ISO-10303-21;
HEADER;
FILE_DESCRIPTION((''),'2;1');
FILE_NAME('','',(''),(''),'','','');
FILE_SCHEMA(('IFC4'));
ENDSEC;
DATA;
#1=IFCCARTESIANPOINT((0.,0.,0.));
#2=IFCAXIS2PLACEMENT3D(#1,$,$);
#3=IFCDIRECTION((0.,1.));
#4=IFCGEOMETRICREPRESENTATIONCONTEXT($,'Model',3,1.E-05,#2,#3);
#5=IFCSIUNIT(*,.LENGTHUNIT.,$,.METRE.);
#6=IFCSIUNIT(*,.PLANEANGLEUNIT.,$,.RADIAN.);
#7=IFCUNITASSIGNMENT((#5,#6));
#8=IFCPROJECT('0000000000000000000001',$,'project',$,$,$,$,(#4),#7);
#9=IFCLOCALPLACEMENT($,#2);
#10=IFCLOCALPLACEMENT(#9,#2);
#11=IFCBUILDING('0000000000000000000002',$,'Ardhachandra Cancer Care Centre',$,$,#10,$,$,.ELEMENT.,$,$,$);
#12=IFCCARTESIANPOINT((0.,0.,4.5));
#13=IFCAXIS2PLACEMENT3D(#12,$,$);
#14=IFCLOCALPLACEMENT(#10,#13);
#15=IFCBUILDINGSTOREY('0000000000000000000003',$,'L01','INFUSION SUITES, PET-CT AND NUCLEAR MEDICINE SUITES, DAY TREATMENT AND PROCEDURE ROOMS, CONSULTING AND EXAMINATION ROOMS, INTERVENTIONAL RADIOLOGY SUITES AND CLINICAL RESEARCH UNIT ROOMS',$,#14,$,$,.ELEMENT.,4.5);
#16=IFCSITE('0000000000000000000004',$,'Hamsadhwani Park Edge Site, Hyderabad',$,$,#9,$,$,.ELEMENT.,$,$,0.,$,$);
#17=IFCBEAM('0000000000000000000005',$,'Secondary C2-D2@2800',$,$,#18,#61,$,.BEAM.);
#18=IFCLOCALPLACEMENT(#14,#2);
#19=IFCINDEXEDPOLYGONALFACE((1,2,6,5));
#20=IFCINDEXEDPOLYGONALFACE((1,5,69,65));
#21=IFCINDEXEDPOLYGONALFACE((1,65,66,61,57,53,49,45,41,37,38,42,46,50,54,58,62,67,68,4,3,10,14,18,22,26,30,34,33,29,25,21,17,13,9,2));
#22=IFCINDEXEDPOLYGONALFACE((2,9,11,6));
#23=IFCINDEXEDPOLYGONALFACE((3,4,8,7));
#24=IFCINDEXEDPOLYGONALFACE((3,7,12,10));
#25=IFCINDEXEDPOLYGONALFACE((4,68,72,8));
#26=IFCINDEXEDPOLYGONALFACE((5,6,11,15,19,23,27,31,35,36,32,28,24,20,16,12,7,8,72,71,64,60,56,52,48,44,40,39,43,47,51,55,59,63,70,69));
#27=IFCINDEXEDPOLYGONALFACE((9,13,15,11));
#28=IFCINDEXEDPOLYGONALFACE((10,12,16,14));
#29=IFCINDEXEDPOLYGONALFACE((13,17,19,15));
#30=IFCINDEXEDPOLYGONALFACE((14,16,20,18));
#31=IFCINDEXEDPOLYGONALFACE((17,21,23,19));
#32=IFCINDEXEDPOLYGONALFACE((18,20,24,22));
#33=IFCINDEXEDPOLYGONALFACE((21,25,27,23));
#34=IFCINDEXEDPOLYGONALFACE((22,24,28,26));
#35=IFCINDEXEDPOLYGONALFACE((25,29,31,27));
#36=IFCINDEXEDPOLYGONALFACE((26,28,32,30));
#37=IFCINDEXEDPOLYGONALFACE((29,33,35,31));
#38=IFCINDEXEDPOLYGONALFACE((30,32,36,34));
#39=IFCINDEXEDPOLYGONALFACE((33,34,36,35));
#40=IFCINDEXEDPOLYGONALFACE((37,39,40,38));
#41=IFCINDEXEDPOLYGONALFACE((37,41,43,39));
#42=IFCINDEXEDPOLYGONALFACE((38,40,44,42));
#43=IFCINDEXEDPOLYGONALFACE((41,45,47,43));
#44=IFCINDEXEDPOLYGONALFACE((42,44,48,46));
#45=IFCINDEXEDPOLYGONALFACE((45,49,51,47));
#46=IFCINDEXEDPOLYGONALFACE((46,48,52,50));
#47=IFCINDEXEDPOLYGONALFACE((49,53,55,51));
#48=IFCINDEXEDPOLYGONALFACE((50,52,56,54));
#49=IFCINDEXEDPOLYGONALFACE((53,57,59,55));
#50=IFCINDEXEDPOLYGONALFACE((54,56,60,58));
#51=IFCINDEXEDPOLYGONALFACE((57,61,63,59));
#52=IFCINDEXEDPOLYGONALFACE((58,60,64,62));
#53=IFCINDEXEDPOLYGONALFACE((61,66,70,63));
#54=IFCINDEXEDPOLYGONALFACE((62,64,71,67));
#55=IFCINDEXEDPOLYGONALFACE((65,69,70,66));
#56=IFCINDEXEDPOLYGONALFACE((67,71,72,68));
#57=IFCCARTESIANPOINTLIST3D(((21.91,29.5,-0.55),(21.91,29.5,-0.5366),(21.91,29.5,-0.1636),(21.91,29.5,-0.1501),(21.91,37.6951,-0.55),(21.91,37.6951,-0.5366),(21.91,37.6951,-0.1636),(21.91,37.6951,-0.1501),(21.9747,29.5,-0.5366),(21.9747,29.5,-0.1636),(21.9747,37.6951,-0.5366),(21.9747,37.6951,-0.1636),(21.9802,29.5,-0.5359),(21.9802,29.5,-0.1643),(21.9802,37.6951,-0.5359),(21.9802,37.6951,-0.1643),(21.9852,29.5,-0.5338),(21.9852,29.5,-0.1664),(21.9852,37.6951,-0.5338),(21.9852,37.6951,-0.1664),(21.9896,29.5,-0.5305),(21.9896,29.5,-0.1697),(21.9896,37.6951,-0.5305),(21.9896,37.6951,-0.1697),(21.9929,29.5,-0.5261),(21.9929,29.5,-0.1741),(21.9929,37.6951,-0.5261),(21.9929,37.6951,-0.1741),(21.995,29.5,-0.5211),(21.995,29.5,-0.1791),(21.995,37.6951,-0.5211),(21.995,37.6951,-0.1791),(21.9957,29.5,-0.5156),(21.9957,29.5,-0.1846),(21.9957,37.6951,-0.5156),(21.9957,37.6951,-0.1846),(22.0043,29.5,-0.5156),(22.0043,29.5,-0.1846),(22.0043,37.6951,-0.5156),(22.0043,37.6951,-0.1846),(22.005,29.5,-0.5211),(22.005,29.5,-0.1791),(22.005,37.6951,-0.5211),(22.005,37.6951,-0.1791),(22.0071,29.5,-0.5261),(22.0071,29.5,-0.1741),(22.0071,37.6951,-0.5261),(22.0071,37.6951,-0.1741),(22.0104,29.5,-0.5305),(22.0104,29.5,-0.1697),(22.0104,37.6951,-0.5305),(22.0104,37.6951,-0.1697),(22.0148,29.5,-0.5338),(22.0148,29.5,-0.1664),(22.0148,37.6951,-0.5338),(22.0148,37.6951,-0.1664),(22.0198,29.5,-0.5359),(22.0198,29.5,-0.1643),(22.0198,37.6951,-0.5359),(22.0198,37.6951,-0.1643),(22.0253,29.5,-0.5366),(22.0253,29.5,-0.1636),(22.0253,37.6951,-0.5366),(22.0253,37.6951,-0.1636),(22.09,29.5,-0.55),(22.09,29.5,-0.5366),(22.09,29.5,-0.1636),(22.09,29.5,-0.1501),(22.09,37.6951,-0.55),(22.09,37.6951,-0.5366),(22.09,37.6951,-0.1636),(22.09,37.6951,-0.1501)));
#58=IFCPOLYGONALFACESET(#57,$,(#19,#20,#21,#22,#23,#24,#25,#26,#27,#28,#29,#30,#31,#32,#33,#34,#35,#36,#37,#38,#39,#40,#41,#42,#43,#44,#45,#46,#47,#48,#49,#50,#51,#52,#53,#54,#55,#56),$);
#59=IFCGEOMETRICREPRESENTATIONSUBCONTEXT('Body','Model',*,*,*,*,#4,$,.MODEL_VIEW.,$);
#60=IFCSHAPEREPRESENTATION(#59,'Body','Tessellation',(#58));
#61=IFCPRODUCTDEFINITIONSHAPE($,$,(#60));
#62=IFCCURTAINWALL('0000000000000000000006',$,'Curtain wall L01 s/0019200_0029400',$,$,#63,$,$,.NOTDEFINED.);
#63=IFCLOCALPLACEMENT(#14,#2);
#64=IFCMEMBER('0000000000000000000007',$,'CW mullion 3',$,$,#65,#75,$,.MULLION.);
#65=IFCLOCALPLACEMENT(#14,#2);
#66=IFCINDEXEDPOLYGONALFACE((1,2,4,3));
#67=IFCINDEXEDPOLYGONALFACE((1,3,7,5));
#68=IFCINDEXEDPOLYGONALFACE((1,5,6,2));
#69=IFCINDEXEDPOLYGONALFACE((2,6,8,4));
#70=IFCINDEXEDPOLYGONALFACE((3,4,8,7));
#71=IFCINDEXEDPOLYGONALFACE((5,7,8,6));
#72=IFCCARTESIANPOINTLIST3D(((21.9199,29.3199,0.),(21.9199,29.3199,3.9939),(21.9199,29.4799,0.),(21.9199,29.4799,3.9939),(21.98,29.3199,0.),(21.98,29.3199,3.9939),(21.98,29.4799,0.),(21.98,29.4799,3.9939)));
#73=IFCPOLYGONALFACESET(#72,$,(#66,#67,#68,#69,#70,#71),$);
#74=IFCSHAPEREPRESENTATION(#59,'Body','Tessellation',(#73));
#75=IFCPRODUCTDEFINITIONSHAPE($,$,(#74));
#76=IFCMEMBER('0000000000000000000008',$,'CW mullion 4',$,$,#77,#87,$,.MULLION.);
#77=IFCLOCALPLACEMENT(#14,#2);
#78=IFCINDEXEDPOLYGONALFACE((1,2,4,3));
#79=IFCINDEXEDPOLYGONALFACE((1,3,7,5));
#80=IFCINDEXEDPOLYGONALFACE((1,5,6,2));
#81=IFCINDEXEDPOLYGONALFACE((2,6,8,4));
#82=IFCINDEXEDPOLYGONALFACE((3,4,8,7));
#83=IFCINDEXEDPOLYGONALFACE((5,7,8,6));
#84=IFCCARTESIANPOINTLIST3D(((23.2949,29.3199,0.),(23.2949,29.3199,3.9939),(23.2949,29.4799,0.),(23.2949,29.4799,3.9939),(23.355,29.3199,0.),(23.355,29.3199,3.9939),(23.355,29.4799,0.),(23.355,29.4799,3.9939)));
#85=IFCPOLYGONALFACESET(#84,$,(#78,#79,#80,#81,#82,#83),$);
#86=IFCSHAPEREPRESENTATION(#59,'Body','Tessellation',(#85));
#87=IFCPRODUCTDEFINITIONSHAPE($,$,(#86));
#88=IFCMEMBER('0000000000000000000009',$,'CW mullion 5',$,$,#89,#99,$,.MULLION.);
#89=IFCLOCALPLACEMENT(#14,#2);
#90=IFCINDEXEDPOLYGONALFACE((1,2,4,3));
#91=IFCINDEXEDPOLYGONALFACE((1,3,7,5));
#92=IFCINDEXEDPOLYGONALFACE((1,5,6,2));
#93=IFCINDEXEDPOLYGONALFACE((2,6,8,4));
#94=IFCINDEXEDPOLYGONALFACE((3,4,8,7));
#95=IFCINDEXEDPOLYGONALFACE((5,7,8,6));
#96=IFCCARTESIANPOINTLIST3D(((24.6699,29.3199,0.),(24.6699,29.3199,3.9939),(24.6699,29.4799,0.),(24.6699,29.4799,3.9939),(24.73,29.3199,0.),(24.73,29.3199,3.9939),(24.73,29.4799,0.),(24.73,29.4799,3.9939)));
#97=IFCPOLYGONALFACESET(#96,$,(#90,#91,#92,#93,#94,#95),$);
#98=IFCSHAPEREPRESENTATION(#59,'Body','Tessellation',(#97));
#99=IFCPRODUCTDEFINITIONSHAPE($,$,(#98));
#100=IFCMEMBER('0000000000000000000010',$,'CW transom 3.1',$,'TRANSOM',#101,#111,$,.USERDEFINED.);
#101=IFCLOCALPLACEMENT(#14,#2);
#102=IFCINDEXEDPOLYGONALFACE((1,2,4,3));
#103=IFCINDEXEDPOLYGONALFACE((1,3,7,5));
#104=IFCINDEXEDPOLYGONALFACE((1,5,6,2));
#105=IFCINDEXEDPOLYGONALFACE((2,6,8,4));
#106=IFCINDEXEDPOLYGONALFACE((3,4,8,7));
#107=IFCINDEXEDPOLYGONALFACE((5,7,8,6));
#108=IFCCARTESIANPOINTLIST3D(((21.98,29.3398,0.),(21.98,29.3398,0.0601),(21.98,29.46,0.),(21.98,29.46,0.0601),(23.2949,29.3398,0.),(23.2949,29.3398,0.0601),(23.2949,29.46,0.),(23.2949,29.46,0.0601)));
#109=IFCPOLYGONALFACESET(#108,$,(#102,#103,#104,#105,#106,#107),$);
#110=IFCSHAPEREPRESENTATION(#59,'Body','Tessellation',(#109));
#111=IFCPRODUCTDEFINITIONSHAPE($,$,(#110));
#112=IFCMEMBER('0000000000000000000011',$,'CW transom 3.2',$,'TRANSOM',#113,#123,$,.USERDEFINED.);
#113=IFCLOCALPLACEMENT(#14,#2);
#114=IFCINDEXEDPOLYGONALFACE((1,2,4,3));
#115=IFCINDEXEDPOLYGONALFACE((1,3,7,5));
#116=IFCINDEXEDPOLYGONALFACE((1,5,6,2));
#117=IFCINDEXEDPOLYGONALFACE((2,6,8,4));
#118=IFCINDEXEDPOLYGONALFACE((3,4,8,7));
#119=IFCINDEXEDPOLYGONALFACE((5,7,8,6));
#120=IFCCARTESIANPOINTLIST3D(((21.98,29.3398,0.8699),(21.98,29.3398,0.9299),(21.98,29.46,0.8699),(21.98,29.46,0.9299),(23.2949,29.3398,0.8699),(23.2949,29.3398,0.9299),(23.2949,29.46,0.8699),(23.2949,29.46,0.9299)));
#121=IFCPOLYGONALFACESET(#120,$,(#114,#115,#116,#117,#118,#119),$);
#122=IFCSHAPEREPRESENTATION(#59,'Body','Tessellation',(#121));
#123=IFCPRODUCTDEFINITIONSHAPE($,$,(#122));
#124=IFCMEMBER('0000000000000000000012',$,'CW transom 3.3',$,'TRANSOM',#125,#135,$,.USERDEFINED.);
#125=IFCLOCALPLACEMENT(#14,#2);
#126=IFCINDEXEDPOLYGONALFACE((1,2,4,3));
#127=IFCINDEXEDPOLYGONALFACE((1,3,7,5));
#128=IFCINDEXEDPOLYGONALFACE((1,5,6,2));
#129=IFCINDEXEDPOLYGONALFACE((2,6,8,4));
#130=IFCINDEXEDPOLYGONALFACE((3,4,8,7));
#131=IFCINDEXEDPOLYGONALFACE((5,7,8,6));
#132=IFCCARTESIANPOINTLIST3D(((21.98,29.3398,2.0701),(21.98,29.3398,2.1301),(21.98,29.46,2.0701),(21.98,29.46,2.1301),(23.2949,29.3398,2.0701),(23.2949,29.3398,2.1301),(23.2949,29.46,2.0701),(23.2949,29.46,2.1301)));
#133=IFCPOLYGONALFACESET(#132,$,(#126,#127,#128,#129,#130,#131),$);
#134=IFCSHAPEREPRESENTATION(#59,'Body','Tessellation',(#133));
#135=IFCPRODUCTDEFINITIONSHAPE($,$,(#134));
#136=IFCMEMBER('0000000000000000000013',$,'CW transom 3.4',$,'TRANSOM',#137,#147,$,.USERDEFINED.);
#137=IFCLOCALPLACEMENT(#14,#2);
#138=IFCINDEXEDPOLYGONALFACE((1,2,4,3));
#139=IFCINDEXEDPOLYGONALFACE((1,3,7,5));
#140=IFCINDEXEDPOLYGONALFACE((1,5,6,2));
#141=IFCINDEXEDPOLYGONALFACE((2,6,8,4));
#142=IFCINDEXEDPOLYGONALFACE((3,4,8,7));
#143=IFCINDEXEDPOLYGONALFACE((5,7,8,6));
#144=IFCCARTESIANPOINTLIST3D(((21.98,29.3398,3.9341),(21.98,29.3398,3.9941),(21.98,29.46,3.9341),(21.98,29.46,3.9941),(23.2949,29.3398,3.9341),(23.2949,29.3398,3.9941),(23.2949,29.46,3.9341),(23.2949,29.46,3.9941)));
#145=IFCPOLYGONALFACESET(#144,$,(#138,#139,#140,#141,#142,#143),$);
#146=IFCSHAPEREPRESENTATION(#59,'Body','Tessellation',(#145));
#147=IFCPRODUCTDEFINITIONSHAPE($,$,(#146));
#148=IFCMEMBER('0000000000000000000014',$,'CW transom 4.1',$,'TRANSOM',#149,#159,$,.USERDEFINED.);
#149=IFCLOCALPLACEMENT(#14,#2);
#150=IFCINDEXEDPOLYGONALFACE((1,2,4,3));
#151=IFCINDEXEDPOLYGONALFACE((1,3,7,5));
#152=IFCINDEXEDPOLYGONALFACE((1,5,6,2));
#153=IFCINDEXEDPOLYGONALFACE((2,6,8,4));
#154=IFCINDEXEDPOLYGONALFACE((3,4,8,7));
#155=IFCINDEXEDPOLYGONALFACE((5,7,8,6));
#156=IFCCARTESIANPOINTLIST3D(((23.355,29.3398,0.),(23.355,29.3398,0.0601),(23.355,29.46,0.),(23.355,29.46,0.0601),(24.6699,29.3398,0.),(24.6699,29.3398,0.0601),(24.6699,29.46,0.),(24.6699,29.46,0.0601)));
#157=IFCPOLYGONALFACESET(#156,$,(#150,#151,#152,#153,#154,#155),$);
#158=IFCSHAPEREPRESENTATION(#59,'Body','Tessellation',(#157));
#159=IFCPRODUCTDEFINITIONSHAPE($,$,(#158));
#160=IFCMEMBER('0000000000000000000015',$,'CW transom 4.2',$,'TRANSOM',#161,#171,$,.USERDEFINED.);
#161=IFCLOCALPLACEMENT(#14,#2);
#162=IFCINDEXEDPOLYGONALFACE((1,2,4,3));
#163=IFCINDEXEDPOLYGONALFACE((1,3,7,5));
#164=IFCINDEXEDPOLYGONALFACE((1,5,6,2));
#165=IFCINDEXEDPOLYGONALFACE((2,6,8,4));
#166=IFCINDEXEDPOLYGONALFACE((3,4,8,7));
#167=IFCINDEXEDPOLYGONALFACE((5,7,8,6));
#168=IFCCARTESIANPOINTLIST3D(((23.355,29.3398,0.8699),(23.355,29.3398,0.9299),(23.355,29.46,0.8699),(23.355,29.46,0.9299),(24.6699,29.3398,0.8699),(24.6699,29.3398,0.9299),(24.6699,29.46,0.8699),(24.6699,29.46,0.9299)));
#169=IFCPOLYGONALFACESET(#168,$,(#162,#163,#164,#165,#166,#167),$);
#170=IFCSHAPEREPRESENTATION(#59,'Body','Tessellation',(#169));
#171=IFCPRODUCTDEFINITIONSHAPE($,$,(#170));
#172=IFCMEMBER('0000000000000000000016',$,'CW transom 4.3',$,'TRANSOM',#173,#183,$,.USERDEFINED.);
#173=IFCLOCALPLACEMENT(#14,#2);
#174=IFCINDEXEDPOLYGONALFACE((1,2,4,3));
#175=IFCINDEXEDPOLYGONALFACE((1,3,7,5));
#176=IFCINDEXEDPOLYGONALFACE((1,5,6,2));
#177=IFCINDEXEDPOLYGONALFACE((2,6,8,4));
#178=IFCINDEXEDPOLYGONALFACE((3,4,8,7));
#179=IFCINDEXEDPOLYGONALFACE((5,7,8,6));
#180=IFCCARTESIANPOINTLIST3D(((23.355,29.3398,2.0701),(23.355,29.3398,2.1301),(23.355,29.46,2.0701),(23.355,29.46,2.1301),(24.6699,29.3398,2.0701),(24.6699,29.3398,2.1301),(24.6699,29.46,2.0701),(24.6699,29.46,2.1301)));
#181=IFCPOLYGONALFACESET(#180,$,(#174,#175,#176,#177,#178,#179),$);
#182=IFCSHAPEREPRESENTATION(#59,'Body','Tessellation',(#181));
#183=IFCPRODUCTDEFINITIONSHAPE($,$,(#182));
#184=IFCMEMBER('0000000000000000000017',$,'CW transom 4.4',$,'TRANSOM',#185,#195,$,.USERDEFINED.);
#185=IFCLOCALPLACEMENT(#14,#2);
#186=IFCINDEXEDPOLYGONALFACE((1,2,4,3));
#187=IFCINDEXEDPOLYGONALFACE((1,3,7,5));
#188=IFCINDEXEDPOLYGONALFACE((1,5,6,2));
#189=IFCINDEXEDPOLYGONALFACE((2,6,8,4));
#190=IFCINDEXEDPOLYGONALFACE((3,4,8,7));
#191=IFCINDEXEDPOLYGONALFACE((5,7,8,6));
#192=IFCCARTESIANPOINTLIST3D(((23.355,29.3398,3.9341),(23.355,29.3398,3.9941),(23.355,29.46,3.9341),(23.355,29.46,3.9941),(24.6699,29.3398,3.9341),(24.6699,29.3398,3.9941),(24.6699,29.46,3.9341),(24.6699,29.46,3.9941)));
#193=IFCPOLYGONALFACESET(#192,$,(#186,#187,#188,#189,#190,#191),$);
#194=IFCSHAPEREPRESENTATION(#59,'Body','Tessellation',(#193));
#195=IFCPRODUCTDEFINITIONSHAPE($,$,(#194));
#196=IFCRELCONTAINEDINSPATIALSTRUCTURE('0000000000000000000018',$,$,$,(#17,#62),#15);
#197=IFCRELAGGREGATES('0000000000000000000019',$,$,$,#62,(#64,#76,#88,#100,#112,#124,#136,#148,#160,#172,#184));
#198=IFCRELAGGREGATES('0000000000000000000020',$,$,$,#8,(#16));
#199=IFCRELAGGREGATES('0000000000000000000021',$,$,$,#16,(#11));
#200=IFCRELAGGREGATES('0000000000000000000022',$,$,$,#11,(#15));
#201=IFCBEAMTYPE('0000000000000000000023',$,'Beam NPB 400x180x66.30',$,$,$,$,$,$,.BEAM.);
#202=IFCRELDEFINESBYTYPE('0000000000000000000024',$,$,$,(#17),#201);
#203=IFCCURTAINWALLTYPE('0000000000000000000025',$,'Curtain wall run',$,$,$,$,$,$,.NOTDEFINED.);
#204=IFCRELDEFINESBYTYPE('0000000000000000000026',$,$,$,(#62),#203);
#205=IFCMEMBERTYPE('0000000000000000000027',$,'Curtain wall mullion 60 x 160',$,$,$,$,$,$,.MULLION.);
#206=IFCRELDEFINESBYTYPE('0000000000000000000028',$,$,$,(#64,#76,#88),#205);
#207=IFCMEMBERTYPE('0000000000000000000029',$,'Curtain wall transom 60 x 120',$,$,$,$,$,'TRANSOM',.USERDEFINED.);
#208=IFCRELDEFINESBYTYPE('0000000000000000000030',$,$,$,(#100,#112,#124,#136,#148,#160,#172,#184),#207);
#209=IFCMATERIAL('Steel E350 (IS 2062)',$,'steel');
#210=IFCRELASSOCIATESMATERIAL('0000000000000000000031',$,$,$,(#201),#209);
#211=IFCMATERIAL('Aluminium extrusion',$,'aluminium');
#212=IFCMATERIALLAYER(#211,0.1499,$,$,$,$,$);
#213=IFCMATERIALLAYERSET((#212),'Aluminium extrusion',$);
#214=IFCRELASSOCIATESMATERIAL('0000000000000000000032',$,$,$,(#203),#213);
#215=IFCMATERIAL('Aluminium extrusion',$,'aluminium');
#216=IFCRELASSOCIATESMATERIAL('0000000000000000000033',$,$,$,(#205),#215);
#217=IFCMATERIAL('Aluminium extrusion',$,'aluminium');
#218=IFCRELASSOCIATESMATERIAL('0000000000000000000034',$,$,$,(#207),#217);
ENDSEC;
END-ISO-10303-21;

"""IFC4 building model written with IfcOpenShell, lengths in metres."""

from ifc_helpers import new_model, si_unit, direction, frame, origin, origin_2d, place, context, subcontext, project, spatial, rectangle, i_section, extrude, material, layer, layer_set, material_profile, profile_set, type_object, element, aggregate, save


model = new_model("IFC4")

# Units and contexts
model_context = context("Model", 3, precision=1e-05, world=origin(), true_north=direction((0.0, 1.0)))
body_context = subcontext(model_context, "Body", "Model", "MODEL_VIEW")
ifc_project = project(units=[si_unit("LENGTHUNIT", "METRE"), si_unit("PLANEANGLEUNIT", "RADIAN")], contexts=[model_context])

# Site, building, storey
site_placement = place(None, origin())
site = spatial("IfcSite", under=ifc_project, at=site_placement, Name="Hamsadhwani Park Edge Site, Hyderabad", CompositionType="ELEMENT", RefElevation=0.0)
building_placement = place(site_placement, origin())
building = spatial("IfcBuilding", under=site, at=building_placement, Name="Ardhachandra Cancer Care Centre", CompositionType="ELEMENT")
storey_placement = place(building_placement, frame((0.0, 0.0, 4.5)))
storey = spatial("IfcBuildingStorey", under=building, at=storey_placement, Name="L01", Description="INFUSION SUITES, PET-CT AND NUCLEAR MEDICINE SUITES, DAY TREATMENT AND PROCEDURE ROOMS, CONSULTING AND EXAMINATION ROOMS, INTERVENTIONAL RADIOLOGY SUITES AND CLINICAL RESEARCH UNIT ROOMS", CompositionType="ELEMENT", Elevation=4.5)

# Beam
ifc_material_1 = material(Name="Steel E350 (IS 2062)", Category="steel")
ifc_material_profile_1 = material_profile(ifc_material_1, i_section(OverallWidth=0.1799, OverallDepth=0.3999, WebThickness=0.0085, FlangeThickness=0.0134, FilletRadius=0.021, at=origin_2d()), Name="NPB 400x180x66.30")
ifc_profile_set_1 = profile_set([ifc_material_profile_1], Name="Steel E350 (IS 2062)")
beam_type = type_object("IfcBeamType", Name="Beam NPB 400x180x66.30", PredefinedType="BEAM", material=ifc_profile_set_1)
beam_placement = place(storey_placement, frame((22.0, 29.5, -0.3501), z_axis=(0.0, 1.0, 0.0), x_axis=(-1.0, 0.0, 0.0)))
element("IfcBeam", 1, at=beam_placement, inside=storey, type_object=beam_type, Name="Secondary C2-D2@2800", PredefinedType="BEAM", context=body_context, shape_type="SweptSolid", body=[
    extrude(i_section(OverallWidth=0.1799, OverallDepth=0.3999, WebThickness=0.0085, FlangeThickness=0.0134, FilletRadius=0.021, at=origin_2d()), origin(), (0.0, 0.0, 1.0), 8.1951),
])

# Curtain wall, members
ifc_material_2 = material(Name="Aluminium extrusion", Category="aluminium")
ifc_layer_1 = layer(ifc_material_2, 0.1499)
ifc_layer_set_1 = layer_set([ifc_layer_1], Name="Aluminium extrusion")
curtain_wall_type = type_object("IfcCurtainWallType", Name="Curtain wall run", PredefinedType="NOTDEFINED", material=ifc_layer_set_1)
curtain_wall_placement = place(storey_placement, origin())
curtain_wall = element("IfcCurtainWall", 2, at=curtain_wall_placement, inside=storey, type_object=curtain_wall_type, Name="Curtain wall L01 s/0019200_0029400", PredefinedType="NOTDEFINED")
ifc_material_3 = material(Name="Aluminium extrusion", Category="aluminium")
ifc_material_profile_2 = material_profile(ifc_material_3, rectangle(XDim=0.1599, YDim=0.0601, at=origin_2d()), Name="Curtain wall mullion 60 x 160")
ifc_profile_set_2 = profile_set([ifc_material_profile_2], Name="Aluminium extrusion")
member_type_1 = type_object("IfcMemberType", Name="Curtain wall mullion 60 x 160", PredefinedType="MULLION", material=ifc_profile_set_2)
member_1_placement = place(storey_placement, frame((21.95, 29.3999, 0.0), z_axis=(0.0, 0.0, 1.0), x_axis=(0.0, 1.0, 0.0)))
member_1 = element("IfcMember", 3, at=member_1_placement, type_object=member_type_1, Name="CW mullion 3", PredefinedType="MULLION", context=body_context, shape_type="SweptSolid", body=[
    extrude(rectangle(XDim=0.1599, YDim=0.0601, at=origin_2d()), origin(), (0.0, 0.0, 1.0), 3.9939),
])
member_2_placement = place(storey_placement, frame((23.325, 29.3999, 0.0), z_axis=(0.0, 0.0, 1.0), x_axis=(0.0, 1.0, 0.0)))
member_2 = element("IfcMember", 4, at=member_2_placement, type_object=member_type_1, Name="CW mullion 4", PredefinedType="MULLION", context=body_context, shape_type="SweptSolid", body=[
    extrude(rectangle(XDim=0.1599, YDim=0.0601, at=origin_2d()), origin(), (0.0, 0.0, 1.0), 3.9939),
])
member_3_placement = place(storey_placement, frame((24.7, 29.3999, 0.0), z_axis=(0.0, 0.0, 1.0), x_axis=(0.0, 1.0, 0.0)))
member_3 = element("IfcMember", 5, at=member_3_placement, type_object=member_type_1, Name="CW mullion 5", PredefinedType="MULLION", context=body_context, shape_type="SweptSolid", body=[
    extrude(rectangle(XDim=0.1599, YDim=0.0601, at=origin_2d()), origin(), (0.0, 0.0, 1.0), 3.9939),
])
ifc_material_4 = material(Name="Aluminium extrusion", Category="aluminium")
ifc_material_profile_3 = material_profile(ifc_material_4, rectangle(XDim=0.1201, YDim=0.0601, at=origin_2d()), Name="Curtain wall transom 60 x 120")
ifc_profile_set_3 = profile_set([ifc_material_profile_3], Name="Aluminium extrusion")
member_type_2 = type_object("IfcMemberType", Name="Curtain wall transom 60 x 120", ElementType="TRANSOM", PredefinedType="USERDEFINED", material=ifc_profile_set_3)
member_4_placement = place(storey_placement, frame((21.98, 29.3999, 0.03), z_axis=(1.0, 0.0, 0.0), x_axis=(0.0, 1.0, 0.0)))
member_4 = element("IfcMember", 6, at=member_4_placement, type_object=member_type_2, Name="CW transom 3.1", ObjectType="TRANSOM", PredefinedType="USERDEFINED", context=body_context, shape_type="SweptSolid", body=[
    extrude(rectangle(XDim=0.1201, YDim=0.0601, at=origin_2d()), origin(), (0.0, 0.0, 1.0), 1.3149),
])
member_5_placement = place(storey_placement, frame((21.98, 29.3999, 0.8999), z_axis=(1.0, 0.0, 0.0), x_axis=(0.0, 1.0, 0.0)))
member_5 = element("IfcMember", 7, at=member_5_placement, type_object=member_type_2, Name="CW transom 3.2", ObjectType="TRANSOM", PredefinedType="USERDEFINED", context=body_context, shape_type="SweptSolid", body=[
    extrude(rectangle(XDim=0.1201, YDim=0.0601, at=origin_2d()), origin(), (0.0, 0.0, 1.0), 1.3149),
])
member_6_placement = place(storey_placement, frame((21.98, 29.3999, 2.1001), z_axis=(1.0, 0.0, 0.0), x_axis=(0.0, 1.0, 0.0)))
member_6 = element("IfcMember", 8, at=member_6_placement, type_object=member_type_2, Name="CW transom 3.3", ObjectType="TRANSOM", PredefinedType="USERDEFINED", context=body_context, shape_type="SweptSolid", body=[
    extrude(rectangle(XDim=0.1201, YDim=0.0601, at=origin_2d()), origin(), (0.0, 0.0, 1.0), 1.3149),
])
member_7_placement = place(storey_placement, frame((21.98, 29.3999, 3.9641), z_axis=(1.0, 0.0, 0.0), x_axis=(0.0, 1.0, 0.0)))
member_7 = element("IfcMember", 9, at=member_7_placement, type_object=member_type_2, Name="CW transom 3.4", ObjectType="TRANSOM", PredefinedType="USERDEFINED", context=body_context, shape_type="SweptSolid", body=[
    extrude(rectangle(XDim=0.1201, YDim=0.0601, at=origin_2d()), origin(), (0.0, 0.0, 1.0), 1.3149),
])
member_8_placement = place(storey_placement, frame((23.355, 29.3999, 0.03), z_axis=(1.0, 0.0, 0.0), x_axis=(0.0, 1.0, 0.0)))
member_8 = element("IfcMember", 10, at=member_8_placement, type_object=member_type_2, Name="CW transom 4.1", ObjectType="TRANSOM", PredefinedType="USERDEFINED", context=body_context, shape_type="SweptSolid", body=[
    extrude(rectangle(XDim=0.1201, YDim=0.0601, at=origin_2d()), origin(), (0.0, 0.0, 1.0), 1.3149),
])
member_9_placement = place(storey_placement, frame((23.355, 29.3999, 0.8999), z_axis=(1.0, 0.0, 0.0), x_axis=(0.0, 1.0, 0.0)))
member_9 = element("IfcMember", 11, at=member_9_placement, type_object=member_type_2, Name="CW transom 4.2", ObjectType="TRANSOM", PredefinedType="USERDEFINED", context=body_context, shape_type="SweptSolid", body=[
    extrude(rectangle(XDim=0.1201, YDim=0.0601, at=origin_2d()), origin(), (0.0, 0.0, 1.0), 1.3149),
])
member_10_placement = place(storey_placement, frame((23.355, 29.3999, 2.1001), z_axis=(1.0, 0.0, 0.0), x_axis=(0.0, 1.0, 0.0)))
member_10 = element("IfcMember", 12, at=member_10_placement, type_object=member_type_2, Name="CW transom 4.3", ObjectType="TRANSOM", PredefinedType="USERDEFINED", context=body_context, shape_type="SweptSolid", body=[
    extrude(rectangle(XDim=0.1201, YDim=0.0601, at=origin_2d()), origin(), (0.0, 0.0, 1.0), 1.3149),
])
member_11_placement = place(storey_placement, frame((23.355, 29.3999, 3.9641), z_axis=(1.0, 0.0, 0.0), x_axis=(0.0, 1.0, 0.0)))
member_11 = element("IfcMember", 13, at=member_11_placement, type_object=member_type_2, Name="CW transom 4.4", ObjectType="TRANSOM", PredefinedType="USERDEFINED", context=body_context, shape_type="SweptSolid", body=[
    extrude(rectangle(XDim=0.1201, YDim=0.0601, at=origin_2d()), origin(), (0.0, 0.0, 1.0), 1.3149),
])
aggregate(curtain_wall, [member_1, member_2, member_3, member_4, member_5, member_6, member_7, member_8, member_9, member_10, member_11])

save(model, "model.ifc")
